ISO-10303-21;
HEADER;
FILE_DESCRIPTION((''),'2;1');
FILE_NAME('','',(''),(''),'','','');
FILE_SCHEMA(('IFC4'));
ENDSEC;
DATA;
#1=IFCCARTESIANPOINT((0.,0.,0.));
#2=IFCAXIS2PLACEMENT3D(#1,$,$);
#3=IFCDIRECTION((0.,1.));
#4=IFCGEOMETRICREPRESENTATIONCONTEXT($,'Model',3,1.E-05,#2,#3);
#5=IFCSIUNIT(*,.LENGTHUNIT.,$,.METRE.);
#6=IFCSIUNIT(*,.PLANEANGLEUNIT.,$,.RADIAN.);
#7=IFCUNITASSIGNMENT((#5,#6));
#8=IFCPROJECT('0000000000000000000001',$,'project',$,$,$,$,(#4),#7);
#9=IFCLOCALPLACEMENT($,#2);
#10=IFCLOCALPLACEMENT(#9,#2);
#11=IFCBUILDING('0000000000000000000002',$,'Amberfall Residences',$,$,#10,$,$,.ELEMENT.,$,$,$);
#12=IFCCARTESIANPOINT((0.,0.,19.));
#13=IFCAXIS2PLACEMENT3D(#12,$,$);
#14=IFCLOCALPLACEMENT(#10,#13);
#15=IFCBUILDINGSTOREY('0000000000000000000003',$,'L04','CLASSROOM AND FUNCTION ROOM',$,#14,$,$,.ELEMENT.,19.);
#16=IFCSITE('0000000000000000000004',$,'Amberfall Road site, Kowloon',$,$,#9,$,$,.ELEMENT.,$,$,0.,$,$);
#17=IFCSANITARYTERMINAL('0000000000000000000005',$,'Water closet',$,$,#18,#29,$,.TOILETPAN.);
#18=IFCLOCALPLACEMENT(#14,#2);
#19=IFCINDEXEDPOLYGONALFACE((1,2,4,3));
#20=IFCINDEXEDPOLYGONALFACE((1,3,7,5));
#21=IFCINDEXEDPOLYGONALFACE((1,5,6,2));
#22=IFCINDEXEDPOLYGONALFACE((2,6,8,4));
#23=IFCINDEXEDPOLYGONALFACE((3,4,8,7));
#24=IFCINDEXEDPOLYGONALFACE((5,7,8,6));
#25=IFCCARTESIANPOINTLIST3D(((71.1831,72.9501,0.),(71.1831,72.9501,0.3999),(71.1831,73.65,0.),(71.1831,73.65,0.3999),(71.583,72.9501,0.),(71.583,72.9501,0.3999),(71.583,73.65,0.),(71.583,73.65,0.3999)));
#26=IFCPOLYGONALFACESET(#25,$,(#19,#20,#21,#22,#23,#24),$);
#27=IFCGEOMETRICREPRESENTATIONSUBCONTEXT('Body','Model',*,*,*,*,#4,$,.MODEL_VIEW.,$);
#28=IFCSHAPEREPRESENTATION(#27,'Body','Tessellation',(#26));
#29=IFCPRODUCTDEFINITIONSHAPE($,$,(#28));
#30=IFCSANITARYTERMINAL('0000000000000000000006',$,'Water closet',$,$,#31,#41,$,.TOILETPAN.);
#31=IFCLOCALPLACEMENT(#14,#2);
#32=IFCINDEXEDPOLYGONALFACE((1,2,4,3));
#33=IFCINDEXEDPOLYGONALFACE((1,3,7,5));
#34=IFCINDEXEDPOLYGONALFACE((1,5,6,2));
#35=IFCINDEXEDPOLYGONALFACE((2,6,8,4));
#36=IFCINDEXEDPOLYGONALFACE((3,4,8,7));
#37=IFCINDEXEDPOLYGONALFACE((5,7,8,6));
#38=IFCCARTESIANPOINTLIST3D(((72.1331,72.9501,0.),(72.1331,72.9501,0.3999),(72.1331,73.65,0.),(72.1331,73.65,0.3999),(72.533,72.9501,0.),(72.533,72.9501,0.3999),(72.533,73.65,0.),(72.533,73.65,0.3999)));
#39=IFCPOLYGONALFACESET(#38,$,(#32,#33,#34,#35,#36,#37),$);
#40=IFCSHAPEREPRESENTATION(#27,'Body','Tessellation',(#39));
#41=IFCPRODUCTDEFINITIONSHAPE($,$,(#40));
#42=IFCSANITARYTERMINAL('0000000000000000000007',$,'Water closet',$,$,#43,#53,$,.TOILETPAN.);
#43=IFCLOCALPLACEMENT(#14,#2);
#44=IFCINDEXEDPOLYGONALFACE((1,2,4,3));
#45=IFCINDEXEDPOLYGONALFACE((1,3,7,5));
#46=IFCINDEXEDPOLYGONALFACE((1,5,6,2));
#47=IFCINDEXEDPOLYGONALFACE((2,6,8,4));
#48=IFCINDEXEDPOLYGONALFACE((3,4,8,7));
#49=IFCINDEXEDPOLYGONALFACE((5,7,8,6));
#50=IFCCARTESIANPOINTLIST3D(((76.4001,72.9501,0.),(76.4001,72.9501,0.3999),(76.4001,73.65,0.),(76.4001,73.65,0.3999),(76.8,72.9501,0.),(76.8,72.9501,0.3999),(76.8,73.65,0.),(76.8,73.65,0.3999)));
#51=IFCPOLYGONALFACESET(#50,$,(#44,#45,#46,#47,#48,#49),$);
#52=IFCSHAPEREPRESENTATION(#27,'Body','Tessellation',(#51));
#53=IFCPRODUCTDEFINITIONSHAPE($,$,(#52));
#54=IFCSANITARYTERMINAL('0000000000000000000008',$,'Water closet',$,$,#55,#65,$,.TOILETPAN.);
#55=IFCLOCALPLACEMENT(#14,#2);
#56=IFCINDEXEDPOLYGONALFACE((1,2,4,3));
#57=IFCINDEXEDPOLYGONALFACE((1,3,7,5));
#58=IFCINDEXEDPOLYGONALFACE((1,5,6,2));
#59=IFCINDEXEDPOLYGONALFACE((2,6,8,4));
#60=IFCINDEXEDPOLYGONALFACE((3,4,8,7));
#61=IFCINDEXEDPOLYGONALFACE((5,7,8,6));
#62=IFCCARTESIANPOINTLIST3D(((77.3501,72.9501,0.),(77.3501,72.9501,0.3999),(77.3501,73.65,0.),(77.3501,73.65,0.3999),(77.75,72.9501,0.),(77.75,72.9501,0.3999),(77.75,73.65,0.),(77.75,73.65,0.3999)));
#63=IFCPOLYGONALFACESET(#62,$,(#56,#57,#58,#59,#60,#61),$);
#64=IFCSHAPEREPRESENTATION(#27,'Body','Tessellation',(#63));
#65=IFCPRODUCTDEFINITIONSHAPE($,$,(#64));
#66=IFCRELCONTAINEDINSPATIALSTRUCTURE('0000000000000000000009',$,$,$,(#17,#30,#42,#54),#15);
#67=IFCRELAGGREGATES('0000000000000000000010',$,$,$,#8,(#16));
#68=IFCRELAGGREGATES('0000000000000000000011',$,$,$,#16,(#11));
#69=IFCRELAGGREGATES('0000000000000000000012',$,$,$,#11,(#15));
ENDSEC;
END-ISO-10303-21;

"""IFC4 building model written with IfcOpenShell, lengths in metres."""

from ifc_helpers import new_model, si_unit, direction, frame, origin, origin_2d, place, context, subcontext, project, spatial, rectangle, extrude, element, save


model = new_model("IFC4")

# Units and contexts
model_context = context("Model", 3, precision=1e-05, world=origin(), true_north=direction((0.0, 1.0)))
body_context = subcontext(model_context, "Body", "Model", "MODEL_VIEW")
ifc_project = project(units=[si_unit("LENGTHUNIT", "METRE"), si_unit("PLANEANGLEUNIT", "RADIAN")], contexts=[model_context])

# Site, building, storey
site_placement = place(None, origin())
site = spatial("IfcSite", under=ifc_project, at=site_placement, Name="Amberfall Road site, Kowloon", CompositionType="ELEMENT", RefElevation=0.0)
building_placement = place(site_placement, origin())
building = spatial("IfcBuilding", under=site, at=building_placement, Name="Amberfall Residences", CompositionType="ELEMENT")
storey_placement = place(building_placement, frame((0.0, 0.0, 19.0)))
storey = spatial("IfcBuildingStorey", under=building, at=storey_placement, Name="L04", Description="CLASSROOM AND FUNCTION ROOM", CompositionType="ELEMENT", Elevation=19.0)

# Sanitary terminals
for number, where, z_axis, x_axis, name in (
    (1, (71.3831, 73.3, 0.0), (0.0, 0.0, 1.0), (1.0, 0.0, 0.0), "Water closet"),
    (2, (72.333, 73.3, 0.0), (0.0, 0.0, 1.0), (1.0, 0.0, 0.0), "Water closet"),
    (3, (76.6001, 73.3, 0.0), (0.0, 0.0, 1.0), (1.0, 0.0, 0.0), "Water closet"),
    (4, (77.55, 73.3, 0.0), (0.0, 0.0, 1.0), (1.0, 0.0, 0.0), "Water closet"),
):
    element("IfcSanitaryTerminal", number, at=place(storey_placement, frame(where, z_axis=z_axis, x_axis=x_axis)), inside=storey, Name=name, PredefinedType="TOILETPAN", context=body_context, shape_type="SweptSolid", body=[
        extrude(rectangle(XDim=0.3999, YDim=0.7, at=origin_2d()), origin(), (0.0, 0.0, 1.0), 0.3999),
    ])

save(model, "model.ifc")
